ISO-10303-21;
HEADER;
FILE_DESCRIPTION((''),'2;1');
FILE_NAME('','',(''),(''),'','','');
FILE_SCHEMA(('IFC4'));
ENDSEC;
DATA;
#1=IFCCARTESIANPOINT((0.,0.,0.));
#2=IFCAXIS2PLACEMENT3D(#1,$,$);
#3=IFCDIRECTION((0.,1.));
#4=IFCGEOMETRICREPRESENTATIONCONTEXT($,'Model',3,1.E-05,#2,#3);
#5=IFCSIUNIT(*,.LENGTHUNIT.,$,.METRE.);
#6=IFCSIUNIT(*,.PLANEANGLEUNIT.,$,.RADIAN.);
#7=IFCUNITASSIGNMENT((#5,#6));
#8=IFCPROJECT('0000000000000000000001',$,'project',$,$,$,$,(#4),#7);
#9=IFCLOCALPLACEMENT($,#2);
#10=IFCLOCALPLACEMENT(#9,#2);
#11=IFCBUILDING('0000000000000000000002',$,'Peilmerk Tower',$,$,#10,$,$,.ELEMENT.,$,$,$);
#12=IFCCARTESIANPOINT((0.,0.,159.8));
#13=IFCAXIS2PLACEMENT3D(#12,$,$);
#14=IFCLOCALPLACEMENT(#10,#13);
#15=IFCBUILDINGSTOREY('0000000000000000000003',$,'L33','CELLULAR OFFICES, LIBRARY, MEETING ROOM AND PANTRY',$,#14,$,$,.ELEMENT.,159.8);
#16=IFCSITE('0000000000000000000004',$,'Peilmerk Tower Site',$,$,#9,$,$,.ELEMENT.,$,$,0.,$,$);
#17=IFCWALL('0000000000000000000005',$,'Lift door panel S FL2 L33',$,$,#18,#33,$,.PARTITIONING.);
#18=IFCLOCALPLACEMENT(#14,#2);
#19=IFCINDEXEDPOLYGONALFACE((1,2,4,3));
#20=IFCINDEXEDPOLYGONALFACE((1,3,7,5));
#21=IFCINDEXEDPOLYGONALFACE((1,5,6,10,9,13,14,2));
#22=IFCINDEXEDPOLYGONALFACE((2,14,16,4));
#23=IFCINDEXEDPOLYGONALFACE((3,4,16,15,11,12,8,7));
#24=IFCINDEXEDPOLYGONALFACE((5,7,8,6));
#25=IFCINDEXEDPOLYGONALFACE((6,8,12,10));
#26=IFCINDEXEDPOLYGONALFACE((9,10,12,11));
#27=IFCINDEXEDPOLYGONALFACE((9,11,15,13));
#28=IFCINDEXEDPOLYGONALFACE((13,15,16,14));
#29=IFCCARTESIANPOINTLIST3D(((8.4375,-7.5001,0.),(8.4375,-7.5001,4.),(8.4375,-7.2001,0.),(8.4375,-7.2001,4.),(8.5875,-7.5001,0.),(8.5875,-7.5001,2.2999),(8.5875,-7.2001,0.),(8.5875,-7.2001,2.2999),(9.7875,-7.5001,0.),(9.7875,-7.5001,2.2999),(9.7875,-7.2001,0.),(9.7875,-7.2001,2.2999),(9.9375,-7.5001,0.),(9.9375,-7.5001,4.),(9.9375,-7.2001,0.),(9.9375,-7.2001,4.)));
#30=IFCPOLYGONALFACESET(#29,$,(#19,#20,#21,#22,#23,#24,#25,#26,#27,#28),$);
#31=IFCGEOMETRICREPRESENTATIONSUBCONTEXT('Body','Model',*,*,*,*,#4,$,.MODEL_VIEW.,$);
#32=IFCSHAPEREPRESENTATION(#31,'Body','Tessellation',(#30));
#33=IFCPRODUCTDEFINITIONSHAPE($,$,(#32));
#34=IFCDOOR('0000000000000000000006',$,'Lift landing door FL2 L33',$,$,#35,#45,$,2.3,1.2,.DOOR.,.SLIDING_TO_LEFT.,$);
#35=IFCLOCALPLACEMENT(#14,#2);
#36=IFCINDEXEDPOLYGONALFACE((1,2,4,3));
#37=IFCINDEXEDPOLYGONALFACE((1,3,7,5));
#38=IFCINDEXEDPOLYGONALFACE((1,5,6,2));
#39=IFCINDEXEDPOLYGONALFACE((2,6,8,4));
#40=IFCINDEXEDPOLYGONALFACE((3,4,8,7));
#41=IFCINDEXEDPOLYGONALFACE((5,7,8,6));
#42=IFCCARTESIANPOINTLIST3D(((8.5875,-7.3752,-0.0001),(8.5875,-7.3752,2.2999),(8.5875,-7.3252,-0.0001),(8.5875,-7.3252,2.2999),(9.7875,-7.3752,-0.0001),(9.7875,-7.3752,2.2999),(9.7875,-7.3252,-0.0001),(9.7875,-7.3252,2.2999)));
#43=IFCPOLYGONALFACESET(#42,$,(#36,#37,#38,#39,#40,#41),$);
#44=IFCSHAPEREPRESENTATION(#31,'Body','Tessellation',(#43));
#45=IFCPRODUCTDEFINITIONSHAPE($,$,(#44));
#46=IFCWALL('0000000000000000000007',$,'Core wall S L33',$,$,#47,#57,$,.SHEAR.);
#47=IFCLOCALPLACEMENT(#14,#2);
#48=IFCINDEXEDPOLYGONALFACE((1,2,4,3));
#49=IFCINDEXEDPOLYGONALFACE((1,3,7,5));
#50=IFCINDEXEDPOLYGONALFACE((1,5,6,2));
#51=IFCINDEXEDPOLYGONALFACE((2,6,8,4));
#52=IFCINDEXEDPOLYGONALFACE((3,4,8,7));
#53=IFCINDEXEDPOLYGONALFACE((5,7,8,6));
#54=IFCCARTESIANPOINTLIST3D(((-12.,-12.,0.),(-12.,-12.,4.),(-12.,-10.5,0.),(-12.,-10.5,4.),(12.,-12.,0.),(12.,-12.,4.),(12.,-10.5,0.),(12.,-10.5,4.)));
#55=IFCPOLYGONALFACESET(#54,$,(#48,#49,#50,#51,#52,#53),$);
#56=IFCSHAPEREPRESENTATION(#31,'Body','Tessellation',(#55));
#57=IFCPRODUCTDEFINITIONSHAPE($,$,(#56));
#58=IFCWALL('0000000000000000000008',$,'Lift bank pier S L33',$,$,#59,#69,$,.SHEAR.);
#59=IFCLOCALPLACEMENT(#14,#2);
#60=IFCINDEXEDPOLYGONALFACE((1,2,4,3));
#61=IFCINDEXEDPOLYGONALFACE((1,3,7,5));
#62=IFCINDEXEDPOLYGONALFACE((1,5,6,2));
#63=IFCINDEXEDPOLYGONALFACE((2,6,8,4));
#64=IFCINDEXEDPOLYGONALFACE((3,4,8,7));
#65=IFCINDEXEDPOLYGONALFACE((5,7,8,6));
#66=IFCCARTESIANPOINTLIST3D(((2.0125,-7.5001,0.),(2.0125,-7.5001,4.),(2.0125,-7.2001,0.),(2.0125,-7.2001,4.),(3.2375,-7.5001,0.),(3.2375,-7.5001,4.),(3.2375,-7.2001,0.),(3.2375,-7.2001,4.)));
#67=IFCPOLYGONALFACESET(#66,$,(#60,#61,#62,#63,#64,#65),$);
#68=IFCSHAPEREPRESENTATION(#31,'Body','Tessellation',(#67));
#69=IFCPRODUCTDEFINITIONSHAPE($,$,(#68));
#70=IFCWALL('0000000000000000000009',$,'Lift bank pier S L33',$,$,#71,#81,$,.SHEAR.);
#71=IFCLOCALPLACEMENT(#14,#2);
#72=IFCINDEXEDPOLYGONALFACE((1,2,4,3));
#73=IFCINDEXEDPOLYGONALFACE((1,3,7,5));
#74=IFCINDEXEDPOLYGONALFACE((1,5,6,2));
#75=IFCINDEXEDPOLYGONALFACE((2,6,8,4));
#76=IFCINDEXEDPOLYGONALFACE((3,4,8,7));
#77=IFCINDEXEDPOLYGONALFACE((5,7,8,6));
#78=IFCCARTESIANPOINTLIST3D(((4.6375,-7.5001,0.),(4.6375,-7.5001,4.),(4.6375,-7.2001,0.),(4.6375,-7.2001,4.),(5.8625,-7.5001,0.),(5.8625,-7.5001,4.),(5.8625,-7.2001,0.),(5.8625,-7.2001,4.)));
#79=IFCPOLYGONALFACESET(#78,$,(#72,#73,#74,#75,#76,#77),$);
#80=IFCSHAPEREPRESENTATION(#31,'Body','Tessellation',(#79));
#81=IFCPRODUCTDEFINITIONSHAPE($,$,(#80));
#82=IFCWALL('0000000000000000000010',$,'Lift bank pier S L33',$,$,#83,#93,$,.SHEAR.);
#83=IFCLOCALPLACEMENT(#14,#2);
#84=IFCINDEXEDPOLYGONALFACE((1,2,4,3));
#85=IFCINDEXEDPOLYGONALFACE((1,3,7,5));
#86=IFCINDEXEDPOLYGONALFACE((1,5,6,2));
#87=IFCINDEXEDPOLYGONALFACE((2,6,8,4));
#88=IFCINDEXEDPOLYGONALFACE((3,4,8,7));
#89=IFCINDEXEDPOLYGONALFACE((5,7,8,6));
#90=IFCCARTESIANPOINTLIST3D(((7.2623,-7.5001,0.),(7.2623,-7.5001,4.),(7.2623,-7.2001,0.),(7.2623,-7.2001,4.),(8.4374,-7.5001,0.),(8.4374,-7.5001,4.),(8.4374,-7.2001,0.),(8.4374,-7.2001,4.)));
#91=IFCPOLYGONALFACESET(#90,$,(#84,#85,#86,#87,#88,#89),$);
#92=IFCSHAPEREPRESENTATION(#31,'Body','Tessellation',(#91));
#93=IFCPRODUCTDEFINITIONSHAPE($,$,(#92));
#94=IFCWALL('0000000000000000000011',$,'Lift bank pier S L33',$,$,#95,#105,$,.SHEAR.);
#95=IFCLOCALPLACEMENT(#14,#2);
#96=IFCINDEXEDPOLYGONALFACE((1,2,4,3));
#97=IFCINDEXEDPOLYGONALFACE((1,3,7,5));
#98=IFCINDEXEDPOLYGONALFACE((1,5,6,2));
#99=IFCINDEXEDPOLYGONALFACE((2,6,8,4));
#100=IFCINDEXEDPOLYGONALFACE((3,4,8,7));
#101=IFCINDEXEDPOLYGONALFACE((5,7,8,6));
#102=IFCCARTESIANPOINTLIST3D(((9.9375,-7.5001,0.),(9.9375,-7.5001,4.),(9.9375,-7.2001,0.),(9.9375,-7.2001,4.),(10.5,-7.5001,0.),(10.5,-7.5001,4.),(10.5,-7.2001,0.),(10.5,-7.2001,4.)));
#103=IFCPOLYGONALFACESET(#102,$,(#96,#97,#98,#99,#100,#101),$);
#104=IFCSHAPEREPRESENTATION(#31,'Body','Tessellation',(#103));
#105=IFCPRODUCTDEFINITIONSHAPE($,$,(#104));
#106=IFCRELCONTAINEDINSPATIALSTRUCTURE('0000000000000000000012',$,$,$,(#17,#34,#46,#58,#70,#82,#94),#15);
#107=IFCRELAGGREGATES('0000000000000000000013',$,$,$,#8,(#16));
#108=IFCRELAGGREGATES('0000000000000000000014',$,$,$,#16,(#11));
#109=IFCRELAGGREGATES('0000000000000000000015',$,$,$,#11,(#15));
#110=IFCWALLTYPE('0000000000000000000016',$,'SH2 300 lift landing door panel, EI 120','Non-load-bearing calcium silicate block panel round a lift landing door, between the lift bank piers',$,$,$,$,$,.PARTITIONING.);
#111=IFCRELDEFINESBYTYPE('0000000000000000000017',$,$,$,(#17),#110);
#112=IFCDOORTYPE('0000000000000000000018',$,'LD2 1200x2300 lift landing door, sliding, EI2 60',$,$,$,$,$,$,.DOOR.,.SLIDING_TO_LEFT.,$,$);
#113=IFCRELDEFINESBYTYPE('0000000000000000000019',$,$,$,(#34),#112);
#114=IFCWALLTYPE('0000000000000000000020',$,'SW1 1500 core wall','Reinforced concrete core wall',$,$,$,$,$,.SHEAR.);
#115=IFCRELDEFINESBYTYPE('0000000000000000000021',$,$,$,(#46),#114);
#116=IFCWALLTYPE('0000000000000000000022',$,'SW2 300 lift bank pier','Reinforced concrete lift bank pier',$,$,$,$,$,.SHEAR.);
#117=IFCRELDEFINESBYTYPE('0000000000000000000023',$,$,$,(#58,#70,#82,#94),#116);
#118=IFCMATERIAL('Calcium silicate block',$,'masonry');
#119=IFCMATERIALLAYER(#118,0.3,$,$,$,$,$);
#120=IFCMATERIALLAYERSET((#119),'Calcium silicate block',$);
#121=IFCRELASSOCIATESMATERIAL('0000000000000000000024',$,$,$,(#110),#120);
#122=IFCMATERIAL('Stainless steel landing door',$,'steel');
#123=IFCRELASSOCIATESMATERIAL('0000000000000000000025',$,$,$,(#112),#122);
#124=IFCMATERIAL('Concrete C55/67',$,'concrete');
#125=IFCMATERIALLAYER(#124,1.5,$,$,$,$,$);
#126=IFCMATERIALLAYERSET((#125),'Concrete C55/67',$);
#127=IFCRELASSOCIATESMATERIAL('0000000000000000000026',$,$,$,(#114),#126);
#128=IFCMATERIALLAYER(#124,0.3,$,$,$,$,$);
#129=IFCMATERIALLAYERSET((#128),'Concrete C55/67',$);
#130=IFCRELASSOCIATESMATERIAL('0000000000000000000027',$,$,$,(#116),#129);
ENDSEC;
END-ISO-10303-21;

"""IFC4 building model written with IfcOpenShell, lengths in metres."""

from ifc_helpers import new_model, si_unit, direction, frame, frame_2d, origin, place, context, subcontext, project, spatial, rectangle, extrude, material, layer, layer_set, type_object, element, fill, save


model = new_model("IFC4")

# Units and contexts
model_context = context("Model", 3, precision=1e-05, world=origin(), true_north=direction((0.0, 1.0)))
body_context = subcontext(model_context, "Body", "Model", "MODEL_VIEW")
ifc_project = project(units=[si_unit("LENGTHUNIT", "METRE"), si_unit("PLANEANGLEUNIT", "RADIAN")], contexts=[model_context])

# Site, building, storey
site_placement = place(None, origin())
site = spatial("IfcSite", under=ifc_project, at=site_placement, Name="Peilmerk Tower Site", CompositionType="ELEMENT", RefElevation=0.0)
building_placement = place(site_placement, origin())
building = spatial("IfcBuilding", under=site, at=building_placement, Name="Peilmerk Tower", CompositionType="ELEMENT")
storey_placement = place(building_placement, frame((0.0, 0.0, 159.8)))
storey = spatial("IfcBuildingStorey", under=building, at=storey_placement, Name="L33", Description="CELLULAR OFFICES, LIBRARY, MEETING ROOM AND PANTRY", CompositionType="ELEMENT", Elevation=159.8)

# Shared definitions
ifc_material_1 = material(Name="Calcium silicate block", Category="masonry")

# Wall, opening, door
ifc_layer_1 = layer(ifc_material_1, 0.3)
ifc_layer_set_1 = layer_set([ifc_layer_1], Name="Calcium silicate block")
wall_type_1 = type_object("IfcWallType", Name="SH2 300 lift landing door panel, EI 120", Description="Non-load-bearing calcium silicate block panel round a lift landing door, between the lift bank piers", PredefinedType="PARTITIONING", material=ifc_layer_set_1)
ifc_material_2 = material(Name="Stainless steel landing door", Category="steel")
wall_1_placement = place(storey_placement, frame((8.4375, -7.3501, 0.0), z_axis=(0.0, 0.0, 1.0), x_axis=(1.0, 0.0, 0.0)))
wall_1 = element("IfcWall", 1, at=wall_1_placement, inside=storey, type_object=wall_type_1, Name="Lift door panel S FL2 L33", PredefinedType="PARTITIONING", context=body_context, shape_type="SweptSolid", body=[
    extrude(rectangle(XDim=1.5, YDim=0.3, at=frame_2d((0.75, 0.0))), origin(), (0.0, 0.0, 1.0), 4.0),
])
opening_1_placement = place(wall_1_placement, frame((0.1499, 0.0, 0.0)))
opening_1 = element("IfcOpeningElement", 2, at=opening_1_placement, cuts=wall_1, PredefinedType="OPENING", context=body_context, shape_type="SweptSolid", body=[
    extrude(rectangle(XDim=1.2, YDim=2.3, at=frame_2d((0.6001, 1.1499))), frame((0.0, 0.1599, 0.0), z_axis=(0.0, -1.0, 0.0), x_axis=(1.0, 0.0, 0.0)), (0.0, 0.0, 1.0), 0.3201),
])
door_type_1 = type_object("IfcDoorType", Name="LD2 1200x2300 lift landing door, sliding, EI2 60", OperationType="SLIDING_TO_LEFT", PredefinedType="DOOR", material=ifc_material_2)
door_1_placement = place(opening_1_placement, origin())
door_1 = element("IfcDoor", 3, at=door_1_placement, inside=storey, type_object=door_type_1, Name="Lift landing door FL2 L33", OperationType="SLIDING_TO_LEFT", OverallHeight=2.3, OverallWidth=1.2, PredefinedType="DOOR", context=body_context, shape_type="SweptSolid", body=[
    extrude(rectangle(XDim=1.2, YDim=2.3, at=frame_2d((0.6001, 1.1499))), frame((0.0, 0.0249, 0.0), z_axis=(0.0, -1.0, 0.0), x_axis=(1.0, 0.0, 0.0)), (0.0, 0.0, 1.0), 0.05),
])
fill(opening_1, door_1)

# Walls
ifc_material_3 = material(Name="Concrete C55/67", Category="concrete")
ifc_layer_2 = layer(ifc_material_3, 1.5)
ifc_layer_set_2 = layer_set([ifc_layer_2], Name="Concrete C55/67")
wall_type_2 = type_object("IfcWallType", Name="SW1 1500 core wall", Description="Reinforced concrete core wall", PredefinedType="SHEAR", material=ifc_layer_set_2)
wall_2_placement = place(storey_placement, frame((12.0, -11.25, 0.0), z_axis=(0.0, 0.0, 1.0), x_axis=(-1.0, 0.0, 0.0)))
element("IfcWall", 4, at=wall_2_placement, inside=storey, type_object=wall_type_2, Name="Core wall S L33", PredefinedType="SHEAR", context=body_context, shape_type="SweptSolid", body=[
    extrude(rectangle(XDim=24.0, YDim=1.5, at=frame_2d((12.0, 0.0))), origin(), (0.0, 0.0, 1.0), 4.0),
])
ifc_layer_3 = layer(ifc_material_3, 0.3)
ifc_layer_set_3 = layer_set([ifc_layer_3], Name="Concrete C55/67")
wall_type_3 = type_object("IfcWallType", Name="SW2 300 lift bank pier", Description="Reinforced concrete lift bank pier", PredefinedType="SHEAR", material=ifc_layer_set_3)
for number, where, z_axis, x_axis, name in (
    (5, (2.0125, -7.3501, 0.0), (0.0, 0.0, 1.0), (1.0, 0.0, 0.0), "Lift bank pier S L33"),
    (6, (4.6375, -7.3501, 0.0), (0.0, 0.0, 1.0), (1.0, 0.0, 0.0), "Lift bank pier S L33"),
):
    element("IfcWall", number, at=place(storey_placement, frame(where, z_axis=z_axis, x_axis=x_axis)), inside=storey, type_object=wall_type_3, Name=name, PredefinedType="SHEAR", context=body_context, shape_type="SweptSolid", body=[
        extrude(rectangle(XDim=1.2251, YDim=0.3, at=frame_2d((0.6125, 0.0))), origin(), (0.0, 0.0, 1.0), 4.0),
    ])
wall_3_placement = place(storey_placement, frame((7.2625, -7.3501, 0.0), z_axis=(0.0, 0.0, 1.0), x_axis=(1.0, 0.0, 0.0)))
element("IfcWall", 7, at=wall_3_placement, inside=storey, type_object=wall_type_3, Name="Lift bank pier S L33", PredefinedType="SHEAR", context=body_context, shape_type="SweptSolid", body=[
    extrude(rectangle(XDim=1.175, YDim=0.3, at=frame_2d((0.5874, 0.0))), origin(), (0.0, 0.0, 1.0), 4.0),
])
wall_4_placement = place(storey_placement, frame((9.9375, -7.3501, 0.0), z_axis=(0.0, 0.0, 1.0), x_axis=(1.0, 0.0, 0.0)))
element("IfcWall", 8, at=wall_4_placement, inside=storey, type_object=wall_type_3, Name="Lift bank pier S L33", PredefinedType="SHEAR", context=body_context, shape_type="SweptSolid", body=[
    extrude(rectangle(XDim=0.5625, YDim=0.3, at=frame_2d((0.2812, 0.0))), origin(), (0.0, 0.0, 1.0), 4.0),
])

save(model, "model.ifc")
